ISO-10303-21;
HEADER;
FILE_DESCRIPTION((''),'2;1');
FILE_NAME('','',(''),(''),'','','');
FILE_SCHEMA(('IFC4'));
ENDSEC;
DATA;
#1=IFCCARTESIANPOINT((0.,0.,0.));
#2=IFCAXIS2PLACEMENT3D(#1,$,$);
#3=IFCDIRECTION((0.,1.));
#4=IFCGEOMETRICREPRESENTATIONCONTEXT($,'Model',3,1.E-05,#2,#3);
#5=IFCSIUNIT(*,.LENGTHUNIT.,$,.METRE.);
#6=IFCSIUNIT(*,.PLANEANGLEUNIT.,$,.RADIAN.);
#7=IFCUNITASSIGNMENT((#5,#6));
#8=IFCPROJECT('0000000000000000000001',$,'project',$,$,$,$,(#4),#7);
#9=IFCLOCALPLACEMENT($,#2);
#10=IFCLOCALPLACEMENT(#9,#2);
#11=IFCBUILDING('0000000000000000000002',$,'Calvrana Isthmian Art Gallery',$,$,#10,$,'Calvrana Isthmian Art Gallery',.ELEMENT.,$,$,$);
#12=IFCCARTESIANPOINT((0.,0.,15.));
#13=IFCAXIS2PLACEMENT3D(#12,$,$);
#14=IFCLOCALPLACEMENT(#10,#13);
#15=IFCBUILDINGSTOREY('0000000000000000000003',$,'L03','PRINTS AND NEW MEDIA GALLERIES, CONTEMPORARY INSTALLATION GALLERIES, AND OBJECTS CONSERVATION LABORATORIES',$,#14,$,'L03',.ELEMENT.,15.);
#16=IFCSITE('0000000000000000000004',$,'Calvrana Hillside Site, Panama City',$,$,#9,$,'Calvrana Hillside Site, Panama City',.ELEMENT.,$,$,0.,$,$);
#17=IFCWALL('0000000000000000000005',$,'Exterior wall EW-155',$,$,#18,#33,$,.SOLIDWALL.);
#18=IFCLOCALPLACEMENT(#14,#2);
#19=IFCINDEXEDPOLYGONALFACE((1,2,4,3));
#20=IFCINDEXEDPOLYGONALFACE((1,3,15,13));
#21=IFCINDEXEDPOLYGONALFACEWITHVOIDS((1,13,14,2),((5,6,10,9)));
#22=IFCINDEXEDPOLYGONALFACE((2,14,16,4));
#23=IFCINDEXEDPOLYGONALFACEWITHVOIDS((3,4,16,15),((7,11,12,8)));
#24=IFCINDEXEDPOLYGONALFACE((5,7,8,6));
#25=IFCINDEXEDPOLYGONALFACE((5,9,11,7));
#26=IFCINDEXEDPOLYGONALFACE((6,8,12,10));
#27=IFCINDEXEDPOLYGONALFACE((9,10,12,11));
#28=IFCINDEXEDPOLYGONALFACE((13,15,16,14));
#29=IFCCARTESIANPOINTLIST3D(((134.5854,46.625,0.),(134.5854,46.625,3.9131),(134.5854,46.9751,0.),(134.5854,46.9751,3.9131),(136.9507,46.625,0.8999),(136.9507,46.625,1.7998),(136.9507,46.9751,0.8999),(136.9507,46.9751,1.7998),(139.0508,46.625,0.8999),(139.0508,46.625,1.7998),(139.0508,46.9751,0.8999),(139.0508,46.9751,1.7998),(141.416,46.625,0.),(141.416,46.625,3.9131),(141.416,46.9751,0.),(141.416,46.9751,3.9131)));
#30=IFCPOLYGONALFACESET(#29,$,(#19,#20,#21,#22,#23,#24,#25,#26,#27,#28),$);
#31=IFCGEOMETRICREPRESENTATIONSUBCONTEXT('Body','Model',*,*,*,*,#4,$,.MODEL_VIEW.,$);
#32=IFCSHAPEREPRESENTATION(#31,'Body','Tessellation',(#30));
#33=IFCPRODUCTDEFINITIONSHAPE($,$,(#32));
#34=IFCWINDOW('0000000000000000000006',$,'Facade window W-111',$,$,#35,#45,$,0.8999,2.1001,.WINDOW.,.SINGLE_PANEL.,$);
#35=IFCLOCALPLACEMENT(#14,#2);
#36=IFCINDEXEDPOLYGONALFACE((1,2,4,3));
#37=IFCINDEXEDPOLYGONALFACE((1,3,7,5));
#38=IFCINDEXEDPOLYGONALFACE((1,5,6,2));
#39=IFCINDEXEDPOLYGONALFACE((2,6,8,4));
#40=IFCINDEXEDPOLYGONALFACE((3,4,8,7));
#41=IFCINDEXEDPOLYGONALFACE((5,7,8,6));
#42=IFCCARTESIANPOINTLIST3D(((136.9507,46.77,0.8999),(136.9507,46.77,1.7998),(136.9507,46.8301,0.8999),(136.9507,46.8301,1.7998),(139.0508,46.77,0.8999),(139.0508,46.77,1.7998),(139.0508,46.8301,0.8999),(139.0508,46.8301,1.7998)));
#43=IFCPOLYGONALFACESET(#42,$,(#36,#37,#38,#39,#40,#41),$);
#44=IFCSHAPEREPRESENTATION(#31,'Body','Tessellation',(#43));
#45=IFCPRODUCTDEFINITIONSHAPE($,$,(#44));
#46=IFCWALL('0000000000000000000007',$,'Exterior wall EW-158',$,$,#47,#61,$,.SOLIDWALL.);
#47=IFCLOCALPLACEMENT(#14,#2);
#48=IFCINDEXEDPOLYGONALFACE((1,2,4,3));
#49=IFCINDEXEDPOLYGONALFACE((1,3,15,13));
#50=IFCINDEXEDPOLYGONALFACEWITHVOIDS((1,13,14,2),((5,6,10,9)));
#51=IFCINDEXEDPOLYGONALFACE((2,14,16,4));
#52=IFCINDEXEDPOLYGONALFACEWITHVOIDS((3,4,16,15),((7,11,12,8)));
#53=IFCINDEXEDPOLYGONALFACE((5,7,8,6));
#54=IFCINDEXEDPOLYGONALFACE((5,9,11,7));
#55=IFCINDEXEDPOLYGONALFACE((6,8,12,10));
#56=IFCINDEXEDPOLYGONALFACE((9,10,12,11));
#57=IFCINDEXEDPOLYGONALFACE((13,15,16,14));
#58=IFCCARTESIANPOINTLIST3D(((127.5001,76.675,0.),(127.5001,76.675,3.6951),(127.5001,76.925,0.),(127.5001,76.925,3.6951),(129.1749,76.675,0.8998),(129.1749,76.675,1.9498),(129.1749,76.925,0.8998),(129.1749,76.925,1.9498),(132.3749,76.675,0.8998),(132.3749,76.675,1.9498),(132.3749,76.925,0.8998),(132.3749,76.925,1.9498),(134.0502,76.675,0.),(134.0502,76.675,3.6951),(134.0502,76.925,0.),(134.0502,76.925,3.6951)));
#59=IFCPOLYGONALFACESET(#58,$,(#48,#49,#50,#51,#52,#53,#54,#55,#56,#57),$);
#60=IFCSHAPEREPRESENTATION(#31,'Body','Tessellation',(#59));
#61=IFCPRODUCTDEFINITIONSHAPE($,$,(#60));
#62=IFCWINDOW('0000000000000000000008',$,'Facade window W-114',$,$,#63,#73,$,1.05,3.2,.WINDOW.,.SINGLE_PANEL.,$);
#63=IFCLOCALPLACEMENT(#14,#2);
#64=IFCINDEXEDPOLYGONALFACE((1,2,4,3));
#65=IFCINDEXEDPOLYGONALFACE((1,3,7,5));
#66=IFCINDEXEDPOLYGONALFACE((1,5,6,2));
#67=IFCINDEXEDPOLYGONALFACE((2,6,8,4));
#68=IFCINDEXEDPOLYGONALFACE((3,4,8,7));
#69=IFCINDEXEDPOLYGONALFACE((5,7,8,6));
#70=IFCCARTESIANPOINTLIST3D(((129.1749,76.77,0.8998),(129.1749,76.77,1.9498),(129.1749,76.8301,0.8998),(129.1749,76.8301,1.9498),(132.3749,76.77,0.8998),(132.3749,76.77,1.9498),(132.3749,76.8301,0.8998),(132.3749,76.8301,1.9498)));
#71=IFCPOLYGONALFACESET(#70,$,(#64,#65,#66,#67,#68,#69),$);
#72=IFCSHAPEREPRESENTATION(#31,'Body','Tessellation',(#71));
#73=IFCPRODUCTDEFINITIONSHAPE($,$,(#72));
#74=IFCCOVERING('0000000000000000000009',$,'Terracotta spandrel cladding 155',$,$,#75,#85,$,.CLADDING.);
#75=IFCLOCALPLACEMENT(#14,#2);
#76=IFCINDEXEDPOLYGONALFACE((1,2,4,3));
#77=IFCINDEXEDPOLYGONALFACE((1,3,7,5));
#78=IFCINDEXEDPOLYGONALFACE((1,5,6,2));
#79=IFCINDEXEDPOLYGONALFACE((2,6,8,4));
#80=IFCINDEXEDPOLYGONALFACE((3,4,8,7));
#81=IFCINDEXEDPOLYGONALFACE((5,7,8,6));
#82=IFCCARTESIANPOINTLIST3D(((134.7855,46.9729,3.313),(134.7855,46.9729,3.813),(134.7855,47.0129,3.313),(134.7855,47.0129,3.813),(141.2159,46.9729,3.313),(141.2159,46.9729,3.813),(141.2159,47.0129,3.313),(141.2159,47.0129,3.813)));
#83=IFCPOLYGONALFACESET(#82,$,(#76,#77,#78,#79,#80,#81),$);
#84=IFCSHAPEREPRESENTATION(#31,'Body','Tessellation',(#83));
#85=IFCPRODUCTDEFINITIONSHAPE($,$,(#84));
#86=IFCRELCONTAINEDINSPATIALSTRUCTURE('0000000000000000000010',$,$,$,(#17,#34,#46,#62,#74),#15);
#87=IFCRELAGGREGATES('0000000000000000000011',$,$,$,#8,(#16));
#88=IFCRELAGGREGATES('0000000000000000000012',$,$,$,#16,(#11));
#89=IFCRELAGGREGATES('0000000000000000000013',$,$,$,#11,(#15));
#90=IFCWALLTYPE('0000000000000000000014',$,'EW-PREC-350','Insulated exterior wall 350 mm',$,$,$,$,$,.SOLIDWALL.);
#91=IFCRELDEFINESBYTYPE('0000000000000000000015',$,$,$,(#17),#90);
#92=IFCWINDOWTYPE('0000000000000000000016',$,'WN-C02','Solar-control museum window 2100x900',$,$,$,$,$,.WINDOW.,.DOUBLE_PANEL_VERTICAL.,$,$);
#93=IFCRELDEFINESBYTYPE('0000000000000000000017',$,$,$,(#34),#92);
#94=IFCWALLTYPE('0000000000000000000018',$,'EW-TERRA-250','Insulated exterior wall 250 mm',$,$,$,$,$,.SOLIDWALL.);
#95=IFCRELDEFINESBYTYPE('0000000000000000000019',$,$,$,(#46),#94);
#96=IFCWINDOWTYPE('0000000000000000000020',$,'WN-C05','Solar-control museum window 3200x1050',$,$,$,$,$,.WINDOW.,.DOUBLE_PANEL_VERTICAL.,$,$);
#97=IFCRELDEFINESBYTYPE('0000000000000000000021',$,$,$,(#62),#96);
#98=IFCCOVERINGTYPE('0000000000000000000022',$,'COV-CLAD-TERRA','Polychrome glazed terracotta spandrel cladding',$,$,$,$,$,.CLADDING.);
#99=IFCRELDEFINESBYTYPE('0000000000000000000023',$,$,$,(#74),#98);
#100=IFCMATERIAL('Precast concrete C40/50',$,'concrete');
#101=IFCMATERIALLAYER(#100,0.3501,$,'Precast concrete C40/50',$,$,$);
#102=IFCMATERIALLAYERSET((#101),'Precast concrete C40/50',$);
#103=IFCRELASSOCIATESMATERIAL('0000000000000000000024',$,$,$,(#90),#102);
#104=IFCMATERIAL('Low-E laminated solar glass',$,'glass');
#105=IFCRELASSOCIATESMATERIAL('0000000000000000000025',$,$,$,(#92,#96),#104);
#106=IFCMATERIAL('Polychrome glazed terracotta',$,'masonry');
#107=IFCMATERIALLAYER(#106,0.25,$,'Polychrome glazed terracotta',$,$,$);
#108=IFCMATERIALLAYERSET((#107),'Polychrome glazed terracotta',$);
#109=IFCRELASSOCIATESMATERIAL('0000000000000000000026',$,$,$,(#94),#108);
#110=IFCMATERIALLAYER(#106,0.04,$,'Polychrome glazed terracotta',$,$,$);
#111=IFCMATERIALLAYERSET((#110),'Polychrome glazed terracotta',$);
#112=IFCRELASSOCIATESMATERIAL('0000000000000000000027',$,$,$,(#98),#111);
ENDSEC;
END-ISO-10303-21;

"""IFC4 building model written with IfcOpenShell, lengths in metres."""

from ifc_helpers import new_model, si_unit, direction, frame, frame_2d, origin, origin_2d, place, context, subcontext, project, spatial, rectangle, extrude, material, layer, layer_set, type_object, element, fill, save


model = new_model("IFC4")

# Units and contexts
model_context = context("Model", 3, precision=1e-05, world=origin(), true_north=direction((0.0, 1.0)))
body_context = subcontext(model_context, "Body", "Model", "MODEL_VIEW")
ifc_project = project(units=[si_unit("LENGTHUNIT", "METRE"), si_unit("PLANEANGLEUNIT", "RADIAN")], contexts=[model_context])

# Site, building, storey
site_placement = place(None, origin())
site = spatial("IfcSite", under=ifc_project, at=site_placement, Name="Calvrana Hillside Site, Panama City", LongName="Calvrana Hillside Site, Panama City", CompositionType="ELEMENT", RefElevation=0.0)
building_placement = place(site_placement, origin())
building = spatial("IfcBuilding", under=site, at=building_placement, Name="Calvrana Isthmian Art Gallery", LongName="Calvrana Isthmian Art Gallery", CompositionType="ELEMENT")
storey_placement = place(building_placement, frame((0.0, 0.0, 15.0)))
storey = spatial("IfcBuildingStorey", under=building, at=storey_placement, Name="L03", Description="PRINTS AND NEW MEDIA GALLERIES, CONTEMPORARY INSTALLATION GALLERIES, AND OBJECTS CONSERVATION LABORATORIES", LongName="L03", CompositionType="ELEMENT", Elevation=15.0)

# Walls, openings, windows
ifc_material_1 = material(Name="Low-E laminated solar glass", Category="glass")
ifc_material_2 = material(Name="Precast concrete C40/50", Category="concrete")
ifc_layer_1 = layer(ifc_material_2, 0.3501, Name="Precast concrete C40/50")
ifc_layer_set_1 = layer_set([ifc_layer_1], Name="Precast concrete C40/50")
wall_type_1 = type_object("IfcWallType", Name="EW-PREC-350", Description="Insulated exterior wall 350 mm", PredefinedType="SOLIDWALL", material=ifc_layer_set_1)
wall_1_placement = place(storey_placement, frame((134.5854, 46.8, 0.0), z_axis=(0.0, 0.0, 1.0), x_axis=(1.0, 0.0, 0.0)))
wall_1 = element("IfcWall", 1, at=wall_1_placement, inside=storey, type_object=wall_type_1, Name="Exterior wall EW-155", PredefinedType="SOLIDWALL", context=body_context, shape_type="SweptSolid", body=[
    extrude(rectangle(XDim=6.8306, YDim=0.3501, at=frame_2d((3.4153, 0.0))), origin(), (0.0, 0.0, 1.0), 3.9131),
])
opening_1_placement = place(wall_1_placement, frame((2.3652, 0.0, 0.8999)))
opening_1 = element("IfcOpeningElement", 2, at=opening_1_placement, cuts=wall_1, PredefinedType="OPENING", context=body_context, shape_type="SweptSolid", body=[
    extrude(rectangle(XDim=2.1001, YDim=0.8999, at=frame_2d((1.05, 0.45))), frame((0.0, 0.1853, 0.0), z_axis=(0.0, -1.0, 0.0), x_axis=(1.0, 0.0, 0.0)), (0.0, 0.0, 1.0), 0.3706),
])
window_type_1 = type_object("IfcWindowType", Name="WN-C02", Description="Solar-control museum window 2100x900", PartitioningType="DOUBLE_PANEL_VERTICAL", PredefinedType="WINDOW", material=ifc_material_1)
window_1_placement = place(opening_1_placement, origin())
window_1 = element("IfcWindow", 3, at=window_1_placement, inside=storey, type_object=window_type_1, Name="Facade window W-111", OverallHeight=0.8999, OverallWidth=2.1001, PartitioningType="SINGLE_PANEL", PredefinedType="WINDOW", context=body_context, shape_type="SweptSolid", body=[
    extrude(rectangle(XDim=2.1001, YDim=0.8999, at=frame_2d((1.05, 0.45))), frame((0.0, 0.03, 0.0), z_axis=(0.0, -1.0, 0.0), x_axis=(1.0, 0.0, 0.0)), (0.0, 0.0, 1.0), 0.0601),
])
fill(opening_1, window_1)
ifc_material_3 = material(Name="Polychrome glazed terracotta", Category="masonry")
ifc_layer_2 = layer(ifc_material_3, 0.25, Name="Polychrome glazed terracotta")
ifc_layer_set_2 = layer_set([ifc_layer_2], Name="Polychrome glazed terracotta")
wall_type_2 = type_object("IfcWallType", Name="EW-TERRA-250", Description="Insulated exterior wall 250 mm", PredefinedType="SOLIDWALL", material=ifc_layer_set_2)
wall_2_placement = place(storey_placement, frame((134.05, 76.8, 0.0), z_axis=(0.0, 0.0, 1.0), x_axis=(-1.0, 0.0, 0.0)))
wall_2 = element("IfcWall", 4, at=wall_2_placement, inside=storey, type_object=wall_type_2, Name="Exterior wall EW-158", PredefinedType="SOLIDWALL", context=body_context, shape_type="SweptSolid", body=[
    extrude(rectangle(XDim=6.55, YDim=0.25, at=frame_2d((3.2749, 0.0))), origin(), (0.0, 0.0, 1.0), 3.6951),
])
opening_2_placement = place(wall_2_placement, frame((1.675, 0.0, 0.8999)))
opening_2 = element("IfcOpeningElement", 5, at=opening_2_placement, cuts=wall_2, PredefinedType="OPENING", context=body_context, shape_type="SweptSolid", body=[
    extrude(rectangle(XDim=3.2, YDim=1.05, at=frame_2d((1.6001, 0.5249))), frame((0.0, 0.1353, 0.0), z_axis=(0.0, -1.0, 0.0), x_axis=(1.0, 0.0, 0.0)), (0.0, 0.0, 1.0), 0.2705),
])
window_type_2 = type_object("IfcWindowType", Name="WN-C05", Description="Solar-control museum window 3200x1050", PartitioningType="DOUBLE_PANEL_VERTICAL", PredefinedType="WINDOW", material=ifc_material_1)
window_2_placement = place(opening_2_placement, origin())
window_2 = element("IfcWindow", 6, at=window_2_placement, inside=storey, type_object=window_type_2, Name="Facade window W-114", OverallHeight=1.05, OverallWidth=3.2, PartitioningType="SINGLE_PANEL", PredefinedType="WINDOW", context=body_context, shape_type="SweptSolid", body=[
    extrude(rectangle(XDim=3.2, YDim=1.05, at=frame_2d((1.6001, 0.5249))), frame((0.0, 0.03, 0.0), z_axis=(0.0, -1.0, 0.0), x_axis=(1.0, 0.0, 0.0)), (0.0, 0.0, 1.0), 0.0601),
])
fill(opening_2, window_2)

# Covering
ifc_layer_3 = layer(ifc_material_3, 0.04, Name="Polychrome glazed terracotta")
ifc_layer_set_3 = layer_set([ifc_layer_3], Name="Polychrome glazed terracotta")
covering_type = type_object("IfcCoveringType", Name="COV-CLAD-TERRA", Description="Polychrome glazed terracotta spandrel cladding", PredefinedType="CLADDING", material=ifc_layer_set_3)
covering_placement = place(storey_placement, frame((138.0007, 46.9929, 3.313), z_axis=(0.0, 0.0, 1.0), x_axis=(1.0, 0.0, 0.0)))
element("IfcCovering", 7, at=covering_placement, inside=storey, type_object=covering_type, Name="Terracotta spandrel cladding 155", PredefinedType="CLADDING", context=body_context, shape_type="SweptSolid", body=[
    extrude(rectangle(XDim=6.4304, YDim=0.04, at=origin_2d()), origin(), (0.0, 0.0, 1.0), 0.5),
])

save(model, "model.ifc")
